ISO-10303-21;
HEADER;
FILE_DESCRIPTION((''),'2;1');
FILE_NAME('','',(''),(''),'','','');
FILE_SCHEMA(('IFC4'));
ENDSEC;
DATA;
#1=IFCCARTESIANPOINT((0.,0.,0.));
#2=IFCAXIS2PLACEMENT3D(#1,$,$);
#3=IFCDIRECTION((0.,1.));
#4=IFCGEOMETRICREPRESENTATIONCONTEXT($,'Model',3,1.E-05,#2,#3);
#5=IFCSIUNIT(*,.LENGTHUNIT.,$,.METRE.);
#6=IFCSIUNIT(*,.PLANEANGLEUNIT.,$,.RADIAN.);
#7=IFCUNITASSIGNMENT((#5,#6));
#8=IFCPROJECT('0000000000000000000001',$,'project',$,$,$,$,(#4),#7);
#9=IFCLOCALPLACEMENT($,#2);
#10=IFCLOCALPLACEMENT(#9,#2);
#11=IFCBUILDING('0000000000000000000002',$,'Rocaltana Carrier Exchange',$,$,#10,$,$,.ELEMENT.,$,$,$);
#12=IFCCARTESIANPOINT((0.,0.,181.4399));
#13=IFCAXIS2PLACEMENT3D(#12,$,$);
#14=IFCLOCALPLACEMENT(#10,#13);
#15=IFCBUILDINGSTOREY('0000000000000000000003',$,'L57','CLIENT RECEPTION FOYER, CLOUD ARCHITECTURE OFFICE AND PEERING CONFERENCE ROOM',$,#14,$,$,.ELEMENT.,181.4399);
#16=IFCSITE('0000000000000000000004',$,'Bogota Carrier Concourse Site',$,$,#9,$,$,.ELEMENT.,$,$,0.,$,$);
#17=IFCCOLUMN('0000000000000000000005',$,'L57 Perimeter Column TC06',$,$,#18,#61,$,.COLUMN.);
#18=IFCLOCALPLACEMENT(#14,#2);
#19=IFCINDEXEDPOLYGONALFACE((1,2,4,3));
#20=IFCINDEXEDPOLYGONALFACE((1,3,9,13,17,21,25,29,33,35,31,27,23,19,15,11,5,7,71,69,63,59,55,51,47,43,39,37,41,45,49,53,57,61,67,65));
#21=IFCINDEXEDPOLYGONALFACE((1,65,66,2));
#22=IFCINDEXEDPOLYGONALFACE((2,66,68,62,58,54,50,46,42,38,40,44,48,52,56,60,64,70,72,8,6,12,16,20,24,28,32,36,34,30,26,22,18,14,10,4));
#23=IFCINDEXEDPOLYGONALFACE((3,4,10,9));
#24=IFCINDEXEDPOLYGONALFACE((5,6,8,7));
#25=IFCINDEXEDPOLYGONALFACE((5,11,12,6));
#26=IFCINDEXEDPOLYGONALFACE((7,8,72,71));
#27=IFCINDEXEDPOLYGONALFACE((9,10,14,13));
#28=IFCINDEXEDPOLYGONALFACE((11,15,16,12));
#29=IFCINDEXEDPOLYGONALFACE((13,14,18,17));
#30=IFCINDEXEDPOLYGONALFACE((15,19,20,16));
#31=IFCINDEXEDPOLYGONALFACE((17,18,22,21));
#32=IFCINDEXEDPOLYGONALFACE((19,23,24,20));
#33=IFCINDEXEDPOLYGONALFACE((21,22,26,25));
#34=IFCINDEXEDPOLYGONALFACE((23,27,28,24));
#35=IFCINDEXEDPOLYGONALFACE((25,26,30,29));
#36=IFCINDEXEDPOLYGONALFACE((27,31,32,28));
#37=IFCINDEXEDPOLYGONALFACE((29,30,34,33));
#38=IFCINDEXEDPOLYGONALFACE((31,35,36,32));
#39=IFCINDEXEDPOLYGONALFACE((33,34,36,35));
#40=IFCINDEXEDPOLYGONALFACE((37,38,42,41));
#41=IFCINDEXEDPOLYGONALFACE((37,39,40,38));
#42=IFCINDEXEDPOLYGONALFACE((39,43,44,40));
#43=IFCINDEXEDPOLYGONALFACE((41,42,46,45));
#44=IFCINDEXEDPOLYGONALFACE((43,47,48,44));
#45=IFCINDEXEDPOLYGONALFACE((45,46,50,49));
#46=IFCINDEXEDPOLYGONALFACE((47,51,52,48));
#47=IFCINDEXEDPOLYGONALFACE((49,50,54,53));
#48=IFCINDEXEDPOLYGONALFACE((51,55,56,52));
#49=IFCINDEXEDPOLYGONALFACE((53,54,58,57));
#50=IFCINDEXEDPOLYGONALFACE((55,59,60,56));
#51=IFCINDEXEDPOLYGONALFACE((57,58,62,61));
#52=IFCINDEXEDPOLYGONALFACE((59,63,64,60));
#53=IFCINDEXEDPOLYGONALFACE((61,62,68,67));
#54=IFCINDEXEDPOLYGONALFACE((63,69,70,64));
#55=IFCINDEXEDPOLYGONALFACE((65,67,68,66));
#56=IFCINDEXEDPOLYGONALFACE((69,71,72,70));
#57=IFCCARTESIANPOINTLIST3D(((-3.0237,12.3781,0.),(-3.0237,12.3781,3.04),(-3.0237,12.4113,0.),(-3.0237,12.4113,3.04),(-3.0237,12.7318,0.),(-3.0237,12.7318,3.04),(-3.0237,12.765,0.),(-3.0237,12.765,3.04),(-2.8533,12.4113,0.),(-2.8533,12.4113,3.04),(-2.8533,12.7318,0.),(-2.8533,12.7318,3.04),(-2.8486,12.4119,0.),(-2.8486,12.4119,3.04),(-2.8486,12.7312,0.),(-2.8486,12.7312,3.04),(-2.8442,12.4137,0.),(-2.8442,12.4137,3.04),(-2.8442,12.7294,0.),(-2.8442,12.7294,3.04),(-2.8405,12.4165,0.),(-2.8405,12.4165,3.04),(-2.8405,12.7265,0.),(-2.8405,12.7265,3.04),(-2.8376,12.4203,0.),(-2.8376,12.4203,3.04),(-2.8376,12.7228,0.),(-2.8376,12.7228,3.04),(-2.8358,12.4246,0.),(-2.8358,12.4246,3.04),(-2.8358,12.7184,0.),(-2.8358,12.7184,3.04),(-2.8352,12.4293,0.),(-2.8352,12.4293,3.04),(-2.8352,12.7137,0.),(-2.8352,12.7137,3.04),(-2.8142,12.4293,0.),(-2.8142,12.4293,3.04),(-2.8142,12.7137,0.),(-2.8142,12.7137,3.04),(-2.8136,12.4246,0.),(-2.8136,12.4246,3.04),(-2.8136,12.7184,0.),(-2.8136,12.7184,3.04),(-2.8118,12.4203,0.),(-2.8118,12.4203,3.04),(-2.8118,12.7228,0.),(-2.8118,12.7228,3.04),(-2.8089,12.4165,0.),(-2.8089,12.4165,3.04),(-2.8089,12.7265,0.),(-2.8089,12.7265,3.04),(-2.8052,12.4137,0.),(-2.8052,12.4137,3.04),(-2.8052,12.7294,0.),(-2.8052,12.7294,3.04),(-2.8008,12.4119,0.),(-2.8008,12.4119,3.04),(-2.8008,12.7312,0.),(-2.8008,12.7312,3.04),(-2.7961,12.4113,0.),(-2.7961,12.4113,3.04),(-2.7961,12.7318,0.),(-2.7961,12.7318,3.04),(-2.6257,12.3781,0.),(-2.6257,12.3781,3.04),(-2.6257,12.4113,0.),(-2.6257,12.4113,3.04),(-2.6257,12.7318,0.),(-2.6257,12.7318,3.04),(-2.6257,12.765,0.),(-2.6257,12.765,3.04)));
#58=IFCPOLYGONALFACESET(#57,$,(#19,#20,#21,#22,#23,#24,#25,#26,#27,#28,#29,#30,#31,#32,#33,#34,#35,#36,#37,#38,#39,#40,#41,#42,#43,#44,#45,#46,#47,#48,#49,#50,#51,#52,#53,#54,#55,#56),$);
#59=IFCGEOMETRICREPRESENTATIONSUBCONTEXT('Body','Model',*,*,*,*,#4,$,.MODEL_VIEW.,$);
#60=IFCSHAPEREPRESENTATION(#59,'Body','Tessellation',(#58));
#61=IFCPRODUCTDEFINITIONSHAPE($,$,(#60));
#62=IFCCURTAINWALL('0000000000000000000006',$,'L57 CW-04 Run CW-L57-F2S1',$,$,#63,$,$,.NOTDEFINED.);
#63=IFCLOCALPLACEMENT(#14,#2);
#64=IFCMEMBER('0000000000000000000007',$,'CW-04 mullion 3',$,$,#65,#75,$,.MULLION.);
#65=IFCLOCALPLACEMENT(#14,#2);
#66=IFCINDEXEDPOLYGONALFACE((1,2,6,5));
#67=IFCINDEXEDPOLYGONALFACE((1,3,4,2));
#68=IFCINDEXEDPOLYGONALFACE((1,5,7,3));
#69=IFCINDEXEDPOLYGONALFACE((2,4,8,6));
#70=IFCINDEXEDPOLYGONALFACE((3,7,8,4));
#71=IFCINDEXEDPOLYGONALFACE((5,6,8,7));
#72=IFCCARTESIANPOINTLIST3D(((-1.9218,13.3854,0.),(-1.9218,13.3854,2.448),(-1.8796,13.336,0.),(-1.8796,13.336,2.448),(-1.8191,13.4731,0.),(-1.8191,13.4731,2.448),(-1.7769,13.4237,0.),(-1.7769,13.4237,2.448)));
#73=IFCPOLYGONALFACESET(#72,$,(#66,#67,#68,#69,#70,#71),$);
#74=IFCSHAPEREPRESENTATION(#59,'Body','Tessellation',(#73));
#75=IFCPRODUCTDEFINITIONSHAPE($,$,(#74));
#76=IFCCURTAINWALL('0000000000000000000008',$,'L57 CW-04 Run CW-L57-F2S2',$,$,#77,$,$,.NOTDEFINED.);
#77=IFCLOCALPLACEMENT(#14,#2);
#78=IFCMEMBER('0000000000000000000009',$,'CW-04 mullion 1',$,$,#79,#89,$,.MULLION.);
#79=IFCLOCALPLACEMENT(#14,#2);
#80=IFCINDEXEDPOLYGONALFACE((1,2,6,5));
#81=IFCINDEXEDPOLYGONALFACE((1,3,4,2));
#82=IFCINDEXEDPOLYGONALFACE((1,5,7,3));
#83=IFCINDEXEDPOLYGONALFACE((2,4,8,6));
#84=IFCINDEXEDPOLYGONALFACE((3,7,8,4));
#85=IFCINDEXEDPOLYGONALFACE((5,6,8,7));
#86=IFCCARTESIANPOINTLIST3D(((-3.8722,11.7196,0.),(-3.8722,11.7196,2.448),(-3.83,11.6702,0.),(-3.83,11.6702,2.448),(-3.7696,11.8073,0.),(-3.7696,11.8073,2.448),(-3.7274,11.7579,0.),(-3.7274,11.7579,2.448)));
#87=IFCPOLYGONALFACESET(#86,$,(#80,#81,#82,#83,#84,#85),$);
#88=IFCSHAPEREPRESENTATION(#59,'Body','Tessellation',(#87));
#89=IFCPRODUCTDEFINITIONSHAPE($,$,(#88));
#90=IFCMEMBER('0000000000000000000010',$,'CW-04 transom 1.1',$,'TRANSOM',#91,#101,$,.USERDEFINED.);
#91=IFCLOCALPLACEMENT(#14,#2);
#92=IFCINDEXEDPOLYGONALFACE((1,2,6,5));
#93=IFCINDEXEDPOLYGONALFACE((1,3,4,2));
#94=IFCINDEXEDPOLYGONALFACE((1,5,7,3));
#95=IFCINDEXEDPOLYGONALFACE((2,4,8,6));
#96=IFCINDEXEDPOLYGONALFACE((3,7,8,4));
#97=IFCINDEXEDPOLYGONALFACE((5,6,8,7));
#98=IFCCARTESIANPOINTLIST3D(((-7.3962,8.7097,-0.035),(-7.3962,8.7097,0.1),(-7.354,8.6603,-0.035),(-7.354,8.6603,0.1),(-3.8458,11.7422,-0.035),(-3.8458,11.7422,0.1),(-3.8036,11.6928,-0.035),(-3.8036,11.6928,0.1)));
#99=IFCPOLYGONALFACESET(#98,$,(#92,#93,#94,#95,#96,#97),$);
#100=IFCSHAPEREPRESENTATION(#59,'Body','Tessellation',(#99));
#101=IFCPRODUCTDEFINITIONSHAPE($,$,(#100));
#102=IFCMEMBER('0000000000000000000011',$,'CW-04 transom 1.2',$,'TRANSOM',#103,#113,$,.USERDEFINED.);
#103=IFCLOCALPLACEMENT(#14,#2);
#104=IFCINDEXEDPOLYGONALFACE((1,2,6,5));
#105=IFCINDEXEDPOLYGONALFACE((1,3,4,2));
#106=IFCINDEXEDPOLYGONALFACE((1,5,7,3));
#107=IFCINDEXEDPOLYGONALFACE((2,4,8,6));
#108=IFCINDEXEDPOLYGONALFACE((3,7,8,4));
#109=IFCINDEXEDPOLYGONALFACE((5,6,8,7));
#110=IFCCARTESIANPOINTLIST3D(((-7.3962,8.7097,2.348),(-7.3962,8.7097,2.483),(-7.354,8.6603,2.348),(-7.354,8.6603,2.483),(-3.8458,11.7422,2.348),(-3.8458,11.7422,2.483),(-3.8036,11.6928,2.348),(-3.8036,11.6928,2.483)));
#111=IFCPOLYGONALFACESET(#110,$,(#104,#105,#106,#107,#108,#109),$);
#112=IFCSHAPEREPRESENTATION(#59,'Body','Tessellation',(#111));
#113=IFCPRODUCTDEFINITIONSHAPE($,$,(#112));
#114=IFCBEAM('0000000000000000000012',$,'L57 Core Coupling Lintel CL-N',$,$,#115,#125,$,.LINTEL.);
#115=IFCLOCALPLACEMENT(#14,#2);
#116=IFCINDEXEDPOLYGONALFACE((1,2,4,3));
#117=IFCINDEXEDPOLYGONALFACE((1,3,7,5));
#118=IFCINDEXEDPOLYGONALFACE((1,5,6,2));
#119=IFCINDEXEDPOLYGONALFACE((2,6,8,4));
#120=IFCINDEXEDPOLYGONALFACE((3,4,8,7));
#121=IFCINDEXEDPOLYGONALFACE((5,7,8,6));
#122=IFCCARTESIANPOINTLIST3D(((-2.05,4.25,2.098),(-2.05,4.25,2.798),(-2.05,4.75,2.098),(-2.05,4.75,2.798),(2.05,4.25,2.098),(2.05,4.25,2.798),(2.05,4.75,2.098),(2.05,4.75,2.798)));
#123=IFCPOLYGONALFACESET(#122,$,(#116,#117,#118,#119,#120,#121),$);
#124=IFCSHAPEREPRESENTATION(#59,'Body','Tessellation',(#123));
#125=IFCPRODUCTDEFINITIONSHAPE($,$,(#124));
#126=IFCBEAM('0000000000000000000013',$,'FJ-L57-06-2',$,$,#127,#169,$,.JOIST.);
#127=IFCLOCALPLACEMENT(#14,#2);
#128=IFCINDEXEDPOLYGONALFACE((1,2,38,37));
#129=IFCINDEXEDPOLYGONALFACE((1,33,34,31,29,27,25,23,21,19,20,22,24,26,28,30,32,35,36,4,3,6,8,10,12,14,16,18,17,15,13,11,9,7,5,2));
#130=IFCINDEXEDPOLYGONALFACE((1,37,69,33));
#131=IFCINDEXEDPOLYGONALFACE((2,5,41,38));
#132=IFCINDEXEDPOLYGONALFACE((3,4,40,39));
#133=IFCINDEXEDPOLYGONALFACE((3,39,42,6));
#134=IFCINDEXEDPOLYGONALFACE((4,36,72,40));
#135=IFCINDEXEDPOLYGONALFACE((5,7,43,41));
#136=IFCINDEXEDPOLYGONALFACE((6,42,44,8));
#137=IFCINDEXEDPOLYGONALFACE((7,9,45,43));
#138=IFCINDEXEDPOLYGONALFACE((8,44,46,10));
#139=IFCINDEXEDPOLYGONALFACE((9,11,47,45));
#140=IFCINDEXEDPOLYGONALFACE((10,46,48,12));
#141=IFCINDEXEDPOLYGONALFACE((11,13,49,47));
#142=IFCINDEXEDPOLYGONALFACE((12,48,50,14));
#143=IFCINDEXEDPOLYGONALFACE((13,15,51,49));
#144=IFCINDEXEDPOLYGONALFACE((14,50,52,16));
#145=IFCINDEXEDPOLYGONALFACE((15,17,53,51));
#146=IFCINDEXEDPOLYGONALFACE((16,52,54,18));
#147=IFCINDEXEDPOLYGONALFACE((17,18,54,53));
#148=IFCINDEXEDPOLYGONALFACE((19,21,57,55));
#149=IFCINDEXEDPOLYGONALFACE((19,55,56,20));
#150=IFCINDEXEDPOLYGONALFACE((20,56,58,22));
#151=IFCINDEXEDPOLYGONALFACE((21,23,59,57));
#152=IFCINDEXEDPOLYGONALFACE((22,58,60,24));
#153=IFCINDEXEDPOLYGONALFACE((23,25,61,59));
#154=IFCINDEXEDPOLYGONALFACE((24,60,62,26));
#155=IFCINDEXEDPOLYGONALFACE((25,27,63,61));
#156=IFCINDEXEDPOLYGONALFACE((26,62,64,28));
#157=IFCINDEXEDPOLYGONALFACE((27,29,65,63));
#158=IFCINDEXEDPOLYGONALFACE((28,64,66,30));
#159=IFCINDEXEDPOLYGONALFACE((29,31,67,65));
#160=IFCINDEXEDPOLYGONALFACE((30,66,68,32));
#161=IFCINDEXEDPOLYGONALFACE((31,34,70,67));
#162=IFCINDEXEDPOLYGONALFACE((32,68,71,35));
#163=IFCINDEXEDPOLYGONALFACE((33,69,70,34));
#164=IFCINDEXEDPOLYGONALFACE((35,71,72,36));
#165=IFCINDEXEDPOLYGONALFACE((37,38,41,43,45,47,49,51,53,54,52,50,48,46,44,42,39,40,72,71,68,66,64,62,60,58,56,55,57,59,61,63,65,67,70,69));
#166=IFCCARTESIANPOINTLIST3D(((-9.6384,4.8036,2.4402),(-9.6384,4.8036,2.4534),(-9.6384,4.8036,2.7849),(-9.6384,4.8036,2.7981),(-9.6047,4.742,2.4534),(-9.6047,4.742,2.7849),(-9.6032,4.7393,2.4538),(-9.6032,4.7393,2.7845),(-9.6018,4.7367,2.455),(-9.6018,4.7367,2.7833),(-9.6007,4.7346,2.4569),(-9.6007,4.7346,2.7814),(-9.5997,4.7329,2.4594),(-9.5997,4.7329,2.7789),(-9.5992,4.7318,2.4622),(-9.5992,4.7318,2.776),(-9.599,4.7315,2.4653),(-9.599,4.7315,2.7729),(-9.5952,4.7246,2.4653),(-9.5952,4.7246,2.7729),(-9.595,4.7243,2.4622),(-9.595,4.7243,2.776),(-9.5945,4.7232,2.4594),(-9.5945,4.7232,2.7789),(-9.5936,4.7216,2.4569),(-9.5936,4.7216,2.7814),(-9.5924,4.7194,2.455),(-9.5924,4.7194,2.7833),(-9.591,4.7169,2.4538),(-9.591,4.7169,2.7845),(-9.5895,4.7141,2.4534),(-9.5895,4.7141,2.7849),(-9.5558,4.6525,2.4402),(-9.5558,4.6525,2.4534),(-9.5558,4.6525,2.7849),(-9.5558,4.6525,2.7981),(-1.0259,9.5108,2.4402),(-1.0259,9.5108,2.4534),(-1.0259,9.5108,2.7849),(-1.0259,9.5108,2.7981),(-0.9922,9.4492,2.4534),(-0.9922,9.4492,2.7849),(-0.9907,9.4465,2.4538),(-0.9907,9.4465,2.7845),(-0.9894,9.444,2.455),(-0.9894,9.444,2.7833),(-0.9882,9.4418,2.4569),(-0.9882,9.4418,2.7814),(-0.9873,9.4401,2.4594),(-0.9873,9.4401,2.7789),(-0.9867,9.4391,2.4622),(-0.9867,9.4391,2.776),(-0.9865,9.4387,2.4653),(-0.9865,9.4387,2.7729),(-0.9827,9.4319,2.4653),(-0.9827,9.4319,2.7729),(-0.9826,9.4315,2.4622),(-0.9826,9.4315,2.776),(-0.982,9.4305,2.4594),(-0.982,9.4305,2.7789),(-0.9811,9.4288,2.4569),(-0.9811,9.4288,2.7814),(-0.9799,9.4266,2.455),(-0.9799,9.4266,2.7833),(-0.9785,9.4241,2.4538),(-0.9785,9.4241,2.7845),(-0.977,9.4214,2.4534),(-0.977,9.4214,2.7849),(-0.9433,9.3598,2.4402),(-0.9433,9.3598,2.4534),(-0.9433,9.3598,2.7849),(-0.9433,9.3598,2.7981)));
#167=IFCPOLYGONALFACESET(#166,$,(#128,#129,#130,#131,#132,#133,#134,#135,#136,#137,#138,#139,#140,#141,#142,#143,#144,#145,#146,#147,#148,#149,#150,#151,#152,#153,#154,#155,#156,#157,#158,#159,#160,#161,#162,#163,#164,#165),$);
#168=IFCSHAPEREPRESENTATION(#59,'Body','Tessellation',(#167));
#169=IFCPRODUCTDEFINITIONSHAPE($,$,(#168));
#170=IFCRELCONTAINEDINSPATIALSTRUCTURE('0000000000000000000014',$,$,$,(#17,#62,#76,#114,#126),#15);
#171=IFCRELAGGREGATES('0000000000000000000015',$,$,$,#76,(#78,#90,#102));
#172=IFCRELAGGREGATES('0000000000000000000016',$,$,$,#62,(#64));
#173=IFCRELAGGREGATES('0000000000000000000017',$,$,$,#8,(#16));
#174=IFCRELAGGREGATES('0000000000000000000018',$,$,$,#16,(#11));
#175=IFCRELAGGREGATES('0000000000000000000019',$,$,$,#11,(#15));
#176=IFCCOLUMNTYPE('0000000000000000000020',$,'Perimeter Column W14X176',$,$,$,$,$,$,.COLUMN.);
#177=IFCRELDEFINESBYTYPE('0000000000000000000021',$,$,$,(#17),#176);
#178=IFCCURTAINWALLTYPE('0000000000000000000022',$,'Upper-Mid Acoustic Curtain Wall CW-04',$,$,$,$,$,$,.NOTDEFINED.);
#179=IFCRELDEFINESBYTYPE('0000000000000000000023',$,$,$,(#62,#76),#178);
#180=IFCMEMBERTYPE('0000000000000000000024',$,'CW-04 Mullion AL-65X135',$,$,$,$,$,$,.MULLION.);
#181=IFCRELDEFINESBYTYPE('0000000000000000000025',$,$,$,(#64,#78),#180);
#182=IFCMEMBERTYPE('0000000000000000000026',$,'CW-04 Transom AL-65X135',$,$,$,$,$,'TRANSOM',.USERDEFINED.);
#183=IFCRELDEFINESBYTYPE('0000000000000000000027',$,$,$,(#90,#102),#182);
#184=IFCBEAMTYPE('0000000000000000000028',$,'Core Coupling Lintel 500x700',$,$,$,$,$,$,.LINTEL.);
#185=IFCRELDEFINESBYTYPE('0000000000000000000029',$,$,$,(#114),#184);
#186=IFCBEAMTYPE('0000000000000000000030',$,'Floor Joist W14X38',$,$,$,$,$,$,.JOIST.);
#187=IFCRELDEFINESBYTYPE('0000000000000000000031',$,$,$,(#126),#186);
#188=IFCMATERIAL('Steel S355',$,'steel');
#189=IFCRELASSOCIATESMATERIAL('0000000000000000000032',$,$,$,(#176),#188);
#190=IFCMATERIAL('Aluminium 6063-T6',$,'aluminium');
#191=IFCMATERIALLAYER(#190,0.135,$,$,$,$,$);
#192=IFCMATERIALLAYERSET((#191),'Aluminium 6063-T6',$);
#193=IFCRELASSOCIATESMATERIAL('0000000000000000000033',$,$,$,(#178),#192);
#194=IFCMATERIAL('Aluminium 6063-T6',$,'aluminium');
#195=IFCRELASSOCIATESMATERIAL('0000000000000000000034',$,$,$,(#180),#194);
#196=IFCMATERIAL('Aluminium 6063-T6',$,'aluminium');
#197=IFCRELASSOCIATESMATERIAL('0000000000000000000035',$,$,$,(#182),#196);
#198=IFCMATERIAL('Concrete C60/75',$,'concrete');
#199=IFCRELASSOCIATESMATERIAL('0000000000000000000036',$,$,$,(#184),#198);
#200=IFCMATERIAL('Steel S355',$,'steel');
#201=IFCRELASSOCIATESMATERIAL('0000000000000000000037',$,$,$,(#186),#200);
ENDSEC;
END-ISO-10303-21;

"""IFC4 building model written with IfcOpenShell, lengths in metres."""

from ifc_helpers import new_model, si_unit, direction, frame, origin, origin_2d, place, context, subcontext, project, spatial, rectangle, i_section, extrude, material, layer, layer_set, material_profile, profile_set, type_object, element, aggregate, save


model = new_model("IFC4")

# Units and contexts
model_context = context("Model", 3, precision=1e-05, world=origin(), true_north=direction((0.0, 1.0)))
body_context = subcontext(model_context, "Body", "Model", "MODEL_VIEW")
ifc_project = project(units=[si_unit("LENGTHUNIT", "METRE"), si_unit("PLANEANGLEUNIT", "RADIAN")], contexts=[model_context])

# Site, building, storey
site_placement = place(None, origin())
site = spatial("IfcSite", under=ifc_project, at=site_placement, Name="Bogota Carrier Concourse Site", CompositionType="ELEMENT", RefElevation=0.0)
building_placement = place(site_placement, origin())
building = spatial("IfcBuilding", under=site, at=building_placement, Name="Rocaltana Carrier Exchange", CompositionType="ELEMENT")
storey_placement = place(building_placement, frame((0.0, 0.0, 181.4399)))
storey = spatial("IfcBuildingStorey", under=building, at=storey_placement, Name="L57", Description="CLIENT RECEPTION FOYER, CLOUD ARCHITECTURE OFFICE AND PEERING CONFERENCE ROOM", CompositionType="ELEMENT", Elevation=181.4399)

# Column
ifc_material_1 = material(Name="Steel S355", Category="steel")
ifc_material_profile_1 = material_profile(ifc_material_1, i_section(OverallWidth=0.3979, OverallDepth=0.387, WebThickness=0.021, FlangeThickness=0.0332, FilletRadius=0.0181, at=origin_2d()), Name="W14X176")
ifc_profile_set_1 = profile_set([ifc_material_profile_1], Name="Steel S355")
column_type = type_object("IfcColumnType", Name="Perimeter Column W14X176", PredefinedType="COLUMN", material=ifc_profile_set_1)
column_placement = place(storey_placement, frame((-2.8247, 12.5715, 0.0), z_axis=(0.0, 0.0, 1.0), x_axis=(1.0, 0.0, 0.0)))
element("IfcColumn", 1, at=column_placement, inside=storey, type_object=column_type, Name="L57 Perimeter Column TC06", PredefinedType="COLUMN", context=body_context, shape_type="SweptSolid", body=[
    extrude(i_section(OverallWidth=0.3979, OverallDepth=0.387, WebThickness=0.021, FlangeThickness=0.0332, FilletRadius=0.0181, at=origin_2d()), origin(), (0.0, 0.0, 1.0), 3.04),
])

# Curtain wall, member
ifc_material_2 = material(Name="Aluminium 6063-T6", Category="aluminium")
ifc_layer_1 = layer(ifc_material_2, 0.135)
ifc_layer_set_1 = layer_set([ifc_layer_1], Name="Aluminium 6063-T6")
curtain_wall_type = type_object("IfcCurtainWallType", Name="Upper-Mid Acoustic Curtain Wall CW-04", PredefinedType="NOTDEFINED", material=ifc_layer_set_1)
curtain_wall_1_placement = place(storey_placement, origin())
curtain_wall_1 = element("IfcCurtainWall", 2, at=curtain_wall_1_placement, inside=storey, type_object=curtain_wall_type, Name="L57 CW-04 Run CW-L57-F2S1", PredefinedType="NOTDEFINED")
ifc_material_3 = material(Name="Aluminium 6063-T6", Category="aluminium")
ifc_material_profile_2 = material_profile(ifc_material_3, rectangle(XDim=0.0649, YDim=0.135, at=origin_2d()), Name="AL-65X135")
ifc_profile_set_2 = profile_set([ifc_material_profile_2], Name="Aluminium 6063-T6")
member_type_1 = type_object("IfcMemberType", Name="CW-04 Mullion AL-65X135", PredefinedType="MULLION", material=ifc_profile_set_2)
member_1_placement = place(storey_placement, frame((-1.8494, 13.4045, 0.0), z_axis=(0.0, 0.0, 1.0), x_axis=(0.649448, -0.760406, 0.0)))
member_1 = element("IfcMember", 3, at=member_1_placement, type_object=member_type_1, Name="CW-04 mullion 3", PredefinedType="MULLION", context=body_context, shape_type="SweptSolid", body=[
    extrude(rectangle(XDim=0.0649, YDim=0.135, at=origin_2d()), origin(), (0.0, 0.0, 1.0), 2.448),
])

# Curtain wall, members
curtain_wall_2_placement = place(storey_placement, origin())
curtain_wall_2 = element("IfcCurtainWall", 4, at=curtain_wall_2_placement, inside=storey, type_object=curtain_wall_type, Name="L57 CW-04 Run CW-L57-F2S2", PredefinedType="NOTDEFINED")
member_2_placement = place(storey_placement, frame((-3.7998, 11.7388, 0.0), z_axis=(0.0, 0.0, 1.0), x_axis=(0.649454, -0.760401, 0.0)))
member_2 = element("IfcMember", 5, at=member_2_placement, type_object=member_type_1, Name="CW-04 mullion 1", PredefinedType="MULLION", context=body_context, shape_type="SweptSolid", body=[
    extrude(rectangle(XDim=0.0649, YDim=0.135, at=origin_2d()), origin(), (0.0, 0.0, 1.0), 2.448),
])
ifc_material_4 = material(Name="Aluminium 6063-T6", Category="aluminium")
ifc_material_profile_3 = material_profile(ifc_material_4, rectangle(XDim=0.0649, YDim=0.135, at=origin_2d()), Name="AL-65X135")
ifc_profile_set_3 = profile_set([ifc_material_profile_3], Name="Aluminium 6063-T6")
member_type_2 = type_object("IfcMemberType", Name="CW-04 Transom AL-65X135", ElementType="TRANSOM", PredefinedType="USERDEFINED", material=ifc_profile_set_3)
member_3_placement = place(storey_placement, frame((-3.8247, 11.7175, 0.0325), z_axis=(-0.760381, -0.649477, 0.0), x_axis=(0.649477, -0.760381, 0.0)))
member_3 = element("IfcMember", 6, at=member_3_placement, type_object=member_type_2, Name="CW-04 transom 1.1", ObjectType="TRANSOM", PredefinedType="USERDEFINED", context=body_context, shape_type="SweptSolid", body=[
    extrude(rectangle(XDim=0.0649, YDim=0.135, at=origin_2d()), origin(), (0.0, 0.0, 1.0), 4.6692),
])
member_4_placement = place(storey_placement, frame((-3.8247, 11.7175, 2.4155), z_axis=(-0.760381, -0.649477, 0.0), x_axis=(0.649477, -0.760381, 0.0)))
member_4 = element("IfcMember", 7, at=member_4_placement, type_object=member_type_2, Name="CW-04 transom 1.2", ObjectType="TRANSOM", PredefinedType="USERDEFINED", context=body_context, shape_type="SweptSolid", body=[
    extrude(rectangle(XDim=0.0649, YDim=0.135, at=origin_2d()), origin(), (0.0, 0.0, 1.0), 4.6692),
])
aggregate(curtain_wall_2, [member_2, member_3, member_4])

# Beams
ifc_material_5 = material(Name="Concrete C60/75", Category="concrete")
ifc_material_profile_4 = material_profile(ifc_material_5, rectangle(XDim=0.5, YDim=0.7, at=origin_2d()), Name="RC-BM-500X700")
ifc_profile_set_4 = profile_set([ifc_material_profile_4], Name="Concrete C60/75")
beam_type_1 = type_object("IfcBeamType", Name="Core Coupling Lintel 500x700", PredefinedType="LINTEL", material=ifc_profile_set_4)
beam_1_placement = place(storey_placement, frame((-2.05, 4.5, 2.448), z_axis=(1.0, 0.0, 0.0), x_axis=(0.0, 1.0, 0.0)))
element("IfcBeam", 8, at=beam_1_placement, inside=storey, type_object=beam_type_1, Name="L57 Core Coupling Lintel CL-N", PredefinedType="LINTEL", context=body_context, shape_type="SweptSolid", body=[
    extrude(rectangle(XDim=0.5, YDim=0.7, at=origin_2d()), origin(), (0.0, 0.0, 1.0), 4.1001),
])
ifc_material_6 = material(Name="Steel S355", Category="steel")
ifc_material_profile_5 = material_profile(ifc_material_6, i_section(OverallWidth=0.1721, OverallDepth=0.3579, WebThickness=0.0078, FlangeThickness=0.0132, FilletRadius=0.012, at=origin_2d()), Name="W14X38")
ifc_profile_set_5 = profile_set([ifc_material_profile_5], Name="Steel S355")
beam_type_2 = type_object("IfcBeamType", Name="Floor Joist W14X38", PredefinedType="JOIST", material=ifc_profile_set_5)
beam_2_placement = place(storey_placement, frame((-0.9846, 9.4353, 2.6191), z_axis=(-0.877487, -0.4796, 0.0), x_axis=(0.4796, -0.877487, 0.0)))
element("IfcBeam", 9, at=beam_2_placement, inside=storey, type_object=beam_type_2, Name="FJ-L57-06-2", PredefinedType="JOIST", context=body_context, shape_type="SweptSolid", body=[
    extrude(i_section(OverallWidth=0.1721, OverallDepth=0.3579, WebThickness=0.0078, FlangeThickness=0.0132, FilletRadius=0.012, at=origin_2d()), origin(), (0.0, 0.0, 1.0), 9.8149),
])

aggregate(curtain_wall_1, [member_1])

save(model, "model.ifc")
